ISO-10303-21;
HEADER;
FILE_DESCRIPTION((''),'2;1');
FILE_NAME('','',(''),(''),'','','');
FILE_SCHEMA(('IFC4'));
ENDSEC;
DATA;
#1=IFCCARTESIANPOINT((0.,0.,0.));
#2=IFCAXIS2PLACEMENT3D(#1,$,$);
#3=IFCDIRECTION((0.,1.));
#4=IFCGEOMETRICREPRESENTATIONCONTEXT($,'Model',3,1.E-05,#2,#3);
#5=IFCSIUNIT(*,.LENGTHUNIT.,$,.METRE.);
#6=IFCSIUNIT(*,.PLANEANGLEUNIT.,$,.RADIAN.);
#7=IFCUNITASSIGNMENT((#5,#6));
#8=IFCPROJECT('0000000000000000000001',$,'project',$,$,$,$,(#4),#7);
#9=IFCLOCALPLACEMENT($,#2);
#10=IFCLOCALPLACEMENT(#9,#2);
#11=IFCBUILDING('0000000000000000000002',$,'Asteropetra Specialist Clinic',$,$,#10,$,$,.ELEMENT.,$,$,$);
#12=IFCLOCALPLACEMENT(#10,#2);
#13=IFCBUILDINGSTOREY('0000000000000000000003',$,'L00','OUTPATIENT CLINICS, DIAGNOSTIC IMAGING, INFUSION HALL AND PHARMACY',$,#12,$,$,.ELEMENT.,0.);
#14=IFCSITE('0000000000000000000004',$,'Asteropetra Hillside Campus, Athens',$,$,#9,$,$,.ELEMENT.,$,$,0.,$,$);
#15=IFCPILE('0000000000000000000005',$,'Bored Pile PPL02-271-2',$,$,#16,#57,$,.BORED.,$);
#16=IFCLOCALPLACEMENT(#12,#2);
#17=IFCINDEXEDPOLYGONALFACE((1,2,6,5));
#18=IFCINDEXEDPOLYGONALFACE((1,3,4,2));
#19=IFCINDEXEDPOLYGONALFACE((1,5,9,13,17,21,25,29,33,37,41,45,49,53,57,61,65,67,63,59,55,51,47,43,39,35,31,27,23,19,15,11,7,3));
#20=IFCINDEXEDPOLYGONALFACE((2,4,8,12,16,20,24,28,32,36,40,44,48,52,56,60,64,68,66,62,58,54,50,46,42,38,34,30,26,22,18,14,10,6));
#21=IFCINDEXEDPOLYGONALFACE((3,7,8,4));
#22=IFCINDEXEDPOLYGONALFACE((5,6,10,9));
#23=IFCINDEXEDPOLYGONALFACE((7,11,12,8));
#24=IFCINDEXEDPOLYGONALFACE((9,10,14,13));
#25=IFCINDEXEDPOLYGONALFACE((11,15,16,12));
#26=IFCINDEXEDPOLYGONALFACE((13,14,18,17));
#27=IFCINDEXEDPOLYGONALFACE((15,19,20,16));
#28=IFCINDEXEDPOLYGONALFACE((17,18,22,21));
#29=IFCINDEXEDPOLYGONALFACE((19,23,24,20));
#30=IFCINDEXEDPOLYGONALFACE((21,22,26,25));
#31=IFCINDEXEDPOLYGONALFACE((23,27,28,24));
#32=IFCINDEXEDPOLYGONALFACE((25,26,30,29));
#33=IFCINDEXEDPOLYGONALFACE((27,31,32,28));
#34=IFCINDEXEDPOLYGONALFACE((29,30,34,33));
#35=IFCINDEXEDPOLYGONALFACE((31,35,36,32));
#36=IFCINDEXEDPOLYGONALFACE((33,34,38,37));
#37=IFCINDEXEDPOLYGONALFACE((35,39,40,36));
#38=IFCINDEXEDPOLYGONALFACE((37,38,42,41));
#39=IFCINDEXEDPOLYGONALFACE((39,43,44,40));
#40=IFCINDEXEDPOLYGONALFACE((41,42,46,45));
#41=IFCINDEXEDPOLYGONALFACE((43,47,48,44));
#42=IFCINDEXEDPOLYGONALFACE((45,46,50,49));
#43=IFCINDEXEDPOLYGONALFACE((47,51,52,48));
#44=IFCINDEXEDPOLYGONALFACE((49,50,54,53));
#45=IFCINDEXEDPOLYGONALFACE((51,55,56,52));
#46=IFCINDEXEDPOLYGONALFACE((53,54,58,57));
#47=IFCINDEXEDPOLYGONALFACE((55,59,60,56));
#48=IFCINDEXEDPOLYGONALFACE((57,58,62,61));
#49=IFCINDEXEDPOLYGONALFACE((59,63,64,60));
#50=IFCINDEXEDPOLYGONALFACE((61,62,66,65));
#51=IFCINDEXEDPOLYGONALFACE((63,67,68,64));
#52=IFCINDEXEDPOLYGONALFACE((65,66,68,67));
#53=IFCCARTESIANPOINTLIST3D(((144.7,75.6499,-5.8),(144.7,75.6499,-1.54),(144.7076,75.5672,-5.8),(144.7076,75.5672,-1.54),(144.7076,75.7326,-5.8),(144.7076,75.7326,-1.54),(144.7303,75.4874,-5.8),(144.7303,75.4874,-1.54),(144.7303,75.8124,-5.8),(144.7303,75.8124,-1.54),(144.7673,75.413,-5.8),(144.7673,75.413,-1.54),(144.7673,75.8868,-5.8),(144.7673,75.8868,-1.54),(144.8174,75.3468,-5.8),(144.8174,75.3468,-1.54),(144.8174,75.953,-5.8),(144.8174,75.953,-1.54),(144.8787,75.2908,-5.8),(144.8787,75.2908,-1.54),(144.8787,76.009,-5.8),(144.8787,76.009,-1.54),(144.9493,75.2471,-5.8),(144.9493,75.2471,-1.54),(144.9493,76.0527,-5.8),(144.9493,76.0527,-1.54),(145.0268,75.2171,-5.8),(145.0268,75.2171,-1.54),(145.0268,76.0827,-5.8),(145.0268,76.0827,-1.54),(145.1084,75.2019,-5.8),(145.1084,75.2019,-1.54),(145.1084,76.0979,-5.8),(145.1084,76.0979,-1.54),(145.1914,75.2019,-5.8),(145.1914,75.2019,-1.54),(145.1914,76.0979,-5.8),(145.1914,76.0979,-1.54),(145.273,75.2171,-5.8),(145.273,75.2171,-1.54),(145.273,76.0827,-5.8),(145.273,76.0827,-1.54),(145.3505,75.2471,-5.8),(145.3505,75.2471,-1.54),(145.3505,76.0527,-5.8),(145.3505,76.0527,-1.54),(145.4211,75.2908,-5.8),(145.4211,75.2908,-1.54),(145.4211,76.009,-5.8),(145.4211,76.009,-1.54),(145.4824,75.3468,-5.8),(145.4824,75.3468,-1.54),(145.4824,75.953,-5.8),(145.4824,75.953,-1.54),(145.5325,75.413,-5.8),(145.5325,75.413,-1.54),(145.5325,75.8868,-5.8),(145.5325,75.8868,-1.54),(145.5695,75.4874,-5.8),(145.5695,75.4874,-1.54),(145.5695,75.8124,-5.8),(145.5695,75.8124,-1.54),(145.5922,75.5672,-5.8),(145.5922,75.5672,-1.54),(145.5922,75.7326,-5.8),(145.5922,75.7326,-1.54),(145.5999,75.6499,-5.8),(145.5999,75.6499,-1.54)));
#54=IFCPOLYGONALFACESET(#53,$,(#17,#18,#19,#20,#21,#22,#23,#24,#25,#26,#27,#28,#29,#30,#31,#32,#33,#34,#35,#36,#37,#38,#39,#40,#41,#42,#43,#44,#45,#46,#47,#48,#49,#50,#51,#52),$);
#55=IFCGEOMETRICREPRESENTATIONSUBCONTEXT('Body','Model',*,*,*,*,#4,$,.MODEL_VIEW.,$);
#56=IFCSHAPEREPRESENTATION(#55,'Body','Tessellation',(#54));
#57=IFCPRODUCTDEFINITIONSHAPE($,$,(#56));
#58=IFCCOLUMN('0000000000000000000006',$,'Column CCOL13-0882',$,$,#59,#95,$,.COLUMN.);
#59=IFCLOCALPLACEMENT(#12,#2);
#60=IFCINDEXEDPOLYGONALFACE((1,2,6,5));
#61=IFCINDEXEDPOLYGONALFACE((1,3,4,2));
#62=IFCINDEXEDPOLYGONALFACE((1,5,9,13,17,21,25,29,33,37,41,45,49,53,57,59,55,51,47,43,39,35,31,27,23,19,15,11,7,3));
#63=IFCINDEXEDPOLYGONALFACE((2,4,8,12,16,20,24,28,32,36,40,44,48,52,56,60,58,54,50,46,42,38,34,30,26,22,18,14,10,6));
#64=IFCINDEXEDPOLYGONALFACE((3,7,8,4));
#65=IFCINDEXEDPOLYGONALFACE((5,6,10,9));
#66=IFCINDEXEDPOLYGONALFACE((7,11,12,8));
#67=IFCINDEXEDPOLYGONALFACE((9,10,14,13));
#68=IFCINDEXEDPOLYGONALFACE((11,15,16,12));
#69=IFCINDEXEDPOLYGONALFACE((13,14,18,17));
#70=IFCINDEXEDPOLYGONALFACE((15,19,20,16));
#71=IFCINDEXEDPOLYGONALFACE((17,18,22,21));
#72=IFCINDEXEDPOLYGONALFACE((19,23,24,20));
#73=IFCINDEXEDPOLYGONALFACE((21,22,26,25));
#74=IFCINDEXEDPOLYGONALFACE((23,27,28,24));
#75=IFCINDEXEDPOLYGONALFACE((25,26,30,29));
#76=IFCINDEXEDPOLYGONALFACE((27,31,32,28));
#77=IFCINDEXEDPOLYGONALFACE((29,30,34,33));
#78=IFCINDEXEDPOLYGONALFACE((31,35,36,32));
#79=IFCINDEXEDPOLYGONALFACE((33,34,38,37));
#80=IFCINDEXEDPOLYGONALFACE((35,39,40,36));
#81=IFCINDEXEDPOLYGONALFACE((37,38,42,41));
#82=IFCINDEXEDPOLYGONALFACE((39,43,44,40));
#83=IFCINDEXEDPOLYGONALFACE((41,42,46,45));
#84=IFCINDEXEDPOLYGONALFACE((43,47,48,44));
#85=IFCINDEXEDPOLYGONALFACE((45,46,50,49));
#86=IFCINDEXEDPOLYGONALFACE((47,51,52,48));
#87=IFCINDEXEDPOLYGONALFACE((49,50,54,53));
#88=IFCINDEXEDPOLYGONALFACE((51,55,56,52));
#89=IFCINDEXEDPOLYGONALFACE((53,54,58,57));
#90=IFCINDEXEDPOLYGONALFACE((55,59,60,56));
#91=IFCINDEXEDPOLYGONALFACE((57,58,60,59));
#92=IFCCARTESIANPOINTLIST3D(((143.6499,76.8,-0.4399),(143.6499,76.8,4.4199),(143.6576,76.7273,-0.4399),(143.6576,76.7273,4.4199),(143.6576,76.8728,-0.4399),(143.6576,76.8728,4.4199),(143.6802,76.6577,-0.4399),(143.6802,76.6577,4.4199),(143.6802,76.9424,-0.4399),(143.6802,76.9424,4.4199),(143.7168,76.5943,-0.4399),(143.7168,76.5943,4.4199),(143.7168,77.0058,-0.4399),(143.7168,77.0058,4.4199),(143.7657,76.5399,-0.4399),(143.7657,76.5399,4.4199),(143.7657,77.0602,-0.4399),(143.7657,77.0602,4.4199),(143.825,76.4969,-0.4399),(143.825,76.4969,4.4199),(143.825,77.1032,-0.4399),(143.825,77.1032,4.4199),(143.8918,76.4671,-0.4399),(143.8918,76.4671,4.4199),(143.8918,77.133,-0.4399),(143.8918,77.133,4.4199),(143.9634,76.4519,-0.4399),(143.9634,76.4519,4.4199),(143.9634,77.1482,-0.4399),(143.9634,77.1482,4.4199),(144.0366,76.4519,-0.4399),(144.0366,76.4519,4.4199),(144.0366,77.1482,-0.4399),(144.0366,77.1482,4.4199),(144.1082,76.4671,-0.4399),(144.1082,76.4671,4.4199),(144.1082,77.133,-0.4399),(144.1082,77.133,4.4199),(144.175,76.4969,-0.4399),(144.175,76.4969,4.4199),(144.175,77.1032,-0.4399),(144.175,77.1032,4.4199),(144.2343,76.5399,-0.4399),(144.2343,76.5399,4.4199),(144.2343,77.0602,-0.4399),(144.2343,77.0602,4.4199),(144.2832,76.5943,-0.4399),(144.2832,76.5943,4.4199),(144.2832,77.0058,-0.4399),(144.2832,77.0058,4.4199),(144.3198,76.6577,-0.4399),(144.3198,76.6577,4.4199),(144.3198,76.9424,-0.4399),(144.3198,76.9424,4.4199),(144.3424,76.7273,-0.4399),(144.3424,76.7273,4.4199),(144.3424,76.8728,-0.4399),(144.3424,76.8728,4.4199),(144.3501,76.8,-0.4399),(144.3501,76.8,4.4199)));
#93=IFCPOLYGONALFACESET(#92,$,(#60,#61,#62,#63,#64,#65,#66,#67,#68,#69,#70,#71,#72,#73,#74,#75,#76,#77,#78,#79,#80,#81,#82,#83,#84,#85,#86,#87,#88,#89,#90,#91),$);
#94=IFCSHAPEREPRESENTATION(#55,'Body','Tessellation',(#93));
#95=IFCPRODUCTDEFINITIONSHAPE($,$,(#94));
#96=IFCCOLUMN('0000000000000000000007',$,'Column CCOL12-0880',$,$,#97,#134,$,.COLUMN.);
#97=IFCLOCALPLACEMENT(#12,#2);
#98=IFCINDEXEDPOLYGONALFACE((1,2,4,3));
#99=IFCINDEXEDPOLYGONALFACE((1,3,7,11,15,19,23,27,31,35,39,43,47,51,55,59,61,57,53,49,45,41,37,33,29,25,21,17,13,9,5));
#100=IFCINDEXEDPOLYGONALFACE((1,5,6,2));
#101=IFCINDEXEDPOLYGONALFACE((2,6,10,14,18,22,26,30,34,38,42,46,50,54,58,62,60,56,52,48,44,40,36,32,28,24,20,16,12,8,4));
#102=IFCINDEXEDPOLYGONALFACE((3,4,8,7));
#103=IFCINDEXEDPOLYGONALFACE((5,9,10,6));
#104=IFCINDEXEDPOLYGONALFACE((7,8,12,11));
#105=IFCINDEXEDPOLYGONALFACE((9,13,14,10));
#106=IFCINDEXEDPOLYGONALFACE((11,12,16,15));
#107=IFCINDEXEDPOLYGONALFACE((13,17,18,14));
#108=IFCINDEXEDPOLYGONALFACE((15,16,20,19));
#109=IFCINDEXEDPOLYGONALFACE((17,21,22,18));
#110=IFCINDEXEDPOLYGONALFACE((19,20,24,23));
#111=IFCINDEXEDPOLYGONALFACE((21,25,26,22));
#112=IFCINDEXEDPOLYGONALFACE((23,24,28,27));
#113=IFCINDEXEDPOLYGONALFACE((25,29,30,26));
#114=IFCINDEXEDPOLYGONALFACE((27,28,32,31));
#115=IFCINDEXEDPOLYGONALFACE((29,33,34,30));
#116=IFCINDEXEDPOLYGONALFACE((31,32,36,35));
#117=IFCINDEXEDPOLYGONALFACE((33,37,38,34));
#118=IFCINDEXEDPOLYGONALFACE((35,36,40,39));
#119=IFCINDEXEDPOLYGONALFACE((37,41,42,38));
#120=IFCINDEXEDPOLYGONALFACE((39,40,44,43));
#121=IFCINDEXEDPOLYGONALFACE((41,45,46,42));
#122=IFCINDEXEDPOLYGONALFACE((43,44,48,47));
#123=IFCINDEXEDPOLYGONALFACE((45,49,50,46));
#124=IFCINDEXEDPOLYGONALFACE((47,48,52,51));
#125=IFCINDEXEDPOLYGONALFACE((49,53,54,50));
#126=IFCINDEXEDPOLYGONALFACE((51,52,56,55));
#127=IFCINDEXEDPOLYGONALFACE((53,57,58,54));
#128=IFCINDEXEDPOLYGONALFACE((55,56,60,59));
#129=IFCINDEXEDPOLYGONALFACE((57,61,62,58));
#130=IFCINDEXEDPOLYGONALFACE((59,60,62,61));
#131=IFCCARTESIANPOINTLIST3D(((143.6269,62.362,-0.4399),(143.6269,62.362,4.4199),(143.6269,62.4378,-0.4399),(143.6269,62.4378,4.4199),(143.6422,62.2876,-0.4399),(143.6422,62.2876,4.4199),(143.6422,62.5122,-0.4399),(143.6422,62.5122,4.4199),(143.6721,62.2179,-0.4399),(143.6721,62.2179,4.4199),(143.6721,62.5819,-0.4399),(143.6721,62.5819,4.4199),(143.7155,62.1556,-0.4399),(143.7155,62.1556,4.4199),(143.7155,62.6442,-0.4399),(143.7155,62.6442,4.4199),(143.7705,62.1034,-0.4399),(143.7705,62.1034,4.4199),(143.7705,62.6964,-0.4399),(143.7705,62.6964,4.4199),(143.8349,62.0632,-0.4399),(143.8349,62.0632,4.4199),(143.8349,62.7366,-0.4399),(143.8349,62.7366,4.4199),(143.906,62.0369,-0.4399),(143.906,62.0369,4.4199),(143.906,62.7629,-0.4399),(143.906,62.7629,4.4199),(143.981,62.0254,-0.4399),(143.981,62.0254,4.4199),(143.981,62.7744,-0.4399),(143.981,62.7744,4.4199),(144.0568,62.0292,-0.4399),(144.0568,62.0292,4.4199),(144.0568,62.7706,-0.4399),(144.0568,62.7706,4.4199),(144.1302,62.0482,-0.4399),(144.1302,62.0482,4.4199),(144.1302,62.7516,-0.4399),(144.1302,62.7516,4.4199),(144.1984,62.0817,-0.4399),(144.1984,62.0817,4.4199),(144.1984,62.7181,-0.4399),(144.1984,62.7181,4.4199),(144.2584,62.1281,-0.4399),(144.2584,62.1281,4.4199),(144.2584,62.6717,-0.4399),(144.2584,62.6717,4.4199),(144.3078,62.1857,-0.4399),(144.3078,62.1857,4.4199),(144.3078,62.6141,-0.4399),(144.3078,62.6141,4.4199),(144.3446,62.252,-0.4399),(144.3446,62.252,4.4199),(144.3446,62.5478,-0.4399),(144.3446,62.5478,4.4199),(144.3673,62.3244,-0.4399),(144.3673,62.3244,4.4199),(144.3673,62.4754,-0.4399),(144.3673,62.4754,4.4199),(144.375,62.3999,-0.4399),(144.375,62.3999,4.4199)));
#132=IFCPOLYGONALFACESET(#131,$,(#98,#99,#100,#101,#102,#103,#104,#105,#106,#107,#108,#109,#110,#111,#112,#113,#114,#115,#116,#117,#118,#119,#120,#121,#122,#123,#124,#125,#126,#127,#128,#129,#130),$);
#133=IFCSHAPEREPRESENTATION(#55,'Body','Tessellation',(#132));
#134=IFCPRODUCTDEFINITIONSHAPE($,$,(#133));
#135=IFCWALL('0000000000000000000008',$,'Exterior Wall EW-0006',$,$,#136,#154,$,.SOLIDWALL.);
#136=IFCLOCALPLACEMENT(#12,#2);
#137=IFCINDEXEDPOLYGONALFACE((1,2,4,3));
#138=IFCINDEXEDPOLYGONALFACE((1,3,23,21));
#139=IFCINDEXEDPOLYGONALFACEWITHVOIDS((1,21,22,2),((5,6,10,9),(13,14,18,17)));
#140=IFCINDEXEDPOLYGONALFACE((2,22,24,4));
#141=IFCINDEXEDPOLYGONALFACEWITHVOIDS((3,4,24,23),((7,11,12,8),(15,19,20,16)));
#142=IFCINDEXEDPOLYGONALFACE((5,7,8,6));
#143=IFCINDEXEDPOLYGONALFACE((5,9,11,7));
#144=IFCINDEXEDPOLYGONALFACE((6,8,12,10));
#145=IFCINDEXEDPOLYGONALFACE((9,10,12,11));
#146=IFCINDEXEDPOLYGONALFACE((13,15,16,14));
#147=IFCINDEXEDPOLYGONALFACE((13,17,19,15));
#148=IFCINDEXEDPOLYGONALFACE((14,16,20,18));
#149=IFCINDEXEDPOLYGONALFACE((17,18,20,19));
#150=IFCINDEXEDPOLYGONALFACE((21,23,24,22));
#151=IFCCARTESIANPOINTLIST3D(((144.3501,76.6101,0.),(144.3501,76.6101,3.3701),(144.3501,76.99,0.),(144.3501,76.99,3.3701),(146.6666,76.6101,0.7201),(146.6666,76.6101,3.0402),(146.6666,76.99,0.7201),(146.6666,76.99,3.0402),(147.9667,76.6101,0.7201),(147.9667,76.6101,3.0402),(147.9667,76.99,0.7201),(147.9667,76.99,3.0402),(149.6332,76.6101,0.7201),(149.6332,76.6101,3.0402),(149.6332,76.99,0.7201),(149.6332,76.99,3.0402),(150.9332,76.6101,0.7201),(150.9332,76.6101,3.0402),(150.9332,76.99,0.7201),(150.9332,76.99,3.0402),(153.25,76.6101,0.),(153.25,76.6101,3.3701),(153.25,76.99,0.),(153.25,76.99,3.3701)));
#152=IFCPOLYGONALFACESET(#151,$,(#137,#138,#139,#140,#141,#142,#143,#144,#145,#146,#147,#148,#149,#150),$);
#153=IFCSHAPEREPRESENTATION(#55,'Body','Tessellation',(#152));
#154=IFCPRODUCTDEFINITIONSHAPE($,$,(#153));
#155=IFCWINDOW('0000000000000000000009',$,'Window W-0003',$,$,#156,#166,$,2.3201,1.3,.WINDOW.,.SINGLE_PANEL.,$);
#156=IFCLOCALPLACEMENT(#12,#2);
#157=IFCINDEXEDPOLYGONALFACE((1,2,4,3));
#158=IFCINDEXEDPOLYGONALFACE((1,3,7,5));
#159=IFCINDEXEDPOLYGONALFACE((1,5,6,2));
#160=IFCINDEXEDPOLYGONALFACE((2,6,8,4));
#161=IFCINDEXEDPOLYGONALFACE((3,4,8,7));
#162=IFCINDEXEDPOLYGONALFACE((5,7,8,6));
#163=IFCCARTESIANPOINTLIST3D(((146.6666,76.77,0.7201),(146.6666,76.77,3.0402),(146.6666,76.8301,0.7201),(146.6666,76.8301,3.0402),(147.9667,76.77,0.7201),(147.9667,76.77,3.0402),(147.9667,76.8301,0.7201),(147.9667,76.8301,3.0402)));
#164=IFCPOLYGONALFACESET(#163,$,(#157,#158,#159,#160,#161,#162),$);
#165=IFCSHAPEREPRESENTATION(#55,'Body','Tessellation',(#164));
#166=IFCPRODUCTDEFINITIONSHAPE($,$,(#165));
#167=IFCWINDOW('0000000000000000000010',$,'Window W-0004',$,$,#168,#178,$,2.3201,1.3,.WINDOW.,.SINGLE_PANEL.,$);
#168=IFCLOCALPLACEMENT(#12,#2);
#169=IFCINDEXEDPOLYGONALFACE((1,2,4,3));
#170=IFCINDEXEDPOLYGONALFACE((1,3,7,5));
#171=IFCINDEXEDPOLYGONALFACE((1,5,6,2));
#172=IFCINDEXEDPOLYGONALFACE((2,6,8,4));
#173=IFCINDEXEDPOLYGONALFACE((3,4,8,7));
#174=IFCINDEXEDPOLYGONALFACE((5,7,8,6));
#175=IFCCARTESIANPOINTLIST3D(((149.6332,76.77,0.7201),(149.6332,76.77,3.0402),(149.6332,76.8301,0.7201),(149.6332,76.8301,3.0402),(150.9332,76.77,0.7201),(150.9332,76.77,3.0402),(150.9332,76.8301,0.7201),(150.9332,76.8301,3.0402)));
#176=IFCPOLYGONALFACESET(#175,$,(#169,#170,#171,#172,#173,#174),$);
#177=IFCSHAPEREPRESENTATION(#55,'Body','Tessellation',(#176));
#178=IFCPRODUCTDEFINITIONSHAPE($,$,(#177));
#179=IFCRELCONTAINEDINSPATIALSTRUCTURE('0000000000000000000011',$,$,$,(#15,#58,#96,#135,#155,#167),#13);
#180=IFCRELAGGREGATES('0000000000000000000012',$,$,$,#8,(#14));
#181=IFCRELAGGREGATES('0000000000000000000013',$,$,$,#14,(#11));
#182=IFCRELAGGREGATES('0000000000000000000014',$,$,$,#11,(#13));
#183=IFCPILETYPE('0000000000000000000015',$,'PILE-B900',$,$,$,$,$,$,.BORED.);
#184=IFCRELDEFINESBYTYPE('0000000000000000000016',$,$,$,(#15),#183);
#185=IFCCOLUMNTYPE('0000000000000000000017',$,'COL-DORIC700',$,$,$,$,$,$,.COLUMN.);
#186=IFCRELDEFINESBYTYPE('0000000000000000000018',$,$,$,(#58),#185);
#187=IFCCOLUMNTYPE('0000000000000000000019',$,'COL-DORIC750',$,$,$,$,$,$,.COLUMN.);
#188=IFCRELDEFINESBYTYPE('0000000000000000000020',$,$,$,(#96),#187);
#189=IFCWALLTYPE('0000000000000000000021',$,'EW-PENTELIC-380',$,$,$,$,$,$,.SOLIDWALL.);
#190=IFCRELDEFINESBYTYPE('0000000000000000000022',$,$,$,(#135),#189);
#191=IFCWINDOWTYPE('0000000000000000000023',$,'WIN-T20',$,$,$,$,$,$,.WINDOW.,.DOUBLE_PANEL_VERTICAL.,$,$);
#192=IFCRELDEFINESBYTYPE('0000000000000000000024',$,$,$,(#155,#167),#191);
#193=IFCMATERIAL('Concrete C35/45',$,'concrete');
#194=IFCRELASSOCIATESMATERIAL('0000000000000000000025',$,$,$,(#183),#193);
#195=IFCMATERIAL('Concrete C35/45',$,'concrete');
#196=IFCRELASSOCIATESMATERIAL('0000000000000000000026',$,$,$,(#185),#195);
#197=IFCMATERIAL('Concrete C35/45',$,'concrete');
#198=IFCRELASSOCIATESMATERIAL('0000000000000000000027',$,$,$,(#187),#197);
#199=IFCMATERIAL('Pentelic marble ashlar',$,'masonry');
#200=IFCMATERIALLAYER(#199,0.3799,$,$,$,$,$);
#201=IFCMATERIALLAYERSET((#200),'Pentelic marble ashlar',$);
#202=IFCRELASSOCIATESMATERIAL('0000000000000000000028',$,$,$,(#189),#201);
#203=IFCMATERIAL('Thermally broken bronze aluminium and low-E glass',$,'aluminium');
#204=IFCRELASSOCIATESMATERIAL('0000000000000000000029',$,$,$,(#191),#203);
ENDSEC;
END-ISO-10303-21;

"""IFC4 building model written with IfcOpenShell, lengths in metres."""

from ifc_helpers import new_model, si_unit, direction, frame, frame_2d, origin, origin_2d, place, context, subcontext, project, spatial, rectangle, circle, extrude, material, layer, layer_set, material_profile, profile_set, type_object, element, fill, save


model = new_model("IFC4")

# Units and contexts
model_context = context("Model", 3, precision=1e-05, world=origin(), true_north=direction((0.0, 1.0)))
body_context = subcontext(model_context, "Body", "Model", "MODEL_VIEW")
ifc_project = project(units=[si_unit("LENGTHUNIT", "METRE"), si_unit("PLANEANGLEUNIT", "RADIAN")], contexts=[model_context])

# Site, building, storey
site_placement = place(None, origin())
site = spatial("IfcSite", under=ifc_project, at=site_placement, Name="Asteropetra Hillside Campus, Athens", CompositionType="ELEMENT", RefElevation=0.0)
building_placement = place(site_placement, origin())
building = spatial("IfcBuilding", under=site, at=building_placement, Name="Asteropetra Specialist Clinic", CompositionType="ELEMENT")
storey_placement = place(building_placement, origin())
storey = spatial("IfcBuildingStorey", under=building, at=storey_placement, Name="L00", Description="OUTPATIENT CLINICS, DIAGNOSTIC IMAGING, INFUSION HALL AND PHARMACY", CompositionType="ELEMENT", Elevation=0.0)

# Pile
ifc_material_1 = material(Name="Concrete C35/45", Category="concrete")
ifc_material_profile_1 = material_profile(ifc_material_1, circle(Radius=0.45, at=origin_2d()), Name="PILE D900")
ifc_profile_set_1 = profile_set([ifc_material_profile_1], Name="Concrete C35/45")
pile_type_1 = type_object("IfcPileType", Name="PILE-B900", PredefinedType="BORED", material=ifc_profile_set_1)
for number, where, z_axis, x_axis, name in (
    (1, (145.1499, 75.6499, -1.54), (0.0, 0.0, -1.0), (1.0, 0.0, 0.0), "Bored Pile PPL02-271-2"),
):
    element("IfcPile", number, at=place(storey_placement, frame(where, z_axis=z_axis, x_axis=x_axis)), inside=storey, type_object=pile_type_1, Name=name, PredefinedType="BORED", context=body_context, shape_type="SweptSolid", body=[
        extrude(circle(Radius=0.45, at=origin_2d()), origin(), (0.0, 0.0, 1.0), 4.26),
    ])

# Columns
ifc_material_2 = material(Name="Concrete C35/45", Category="concrete")
ifc_material_profile_2 = material_profile(ifc_material_2, circle(Radius=0.3501, at=origin_2d()), Name="RCC D700")
ifc_profile_set_2 = profile_set([ifc_material_profile_2], Name="Concrete C35/45")
column_type_1 = type_object("IfcColumnType", Name="COL-DORIC700", PredefinedType="COLUMN", material=ifc_profile_set_2)
column_1_placement = place(storey_placement, frame((144.0, 76.8, -0.4399), z_axis=(0.0, 0.0, 1.0), x_axis=(1.0, 0.0, 0.0)))
element("IfcColumn", 2, at=column_1_placement, inside=storey, type_object=column_type_1, Name="Column CCOL13-0882", PredefinedType="COLUMN", context=body_context, shape_type="SweptSolid", body=[
    extrude(circle(Radius=0.3501, at=origin_2d()), origin(), (0.0, 0.0, 1.0), 4.8599),
])
ifc_material_3 = material(Name="Concrete C35/45", Category="concrete")
ifc_material_profile_3 = material_profile(ifc_material_3, circle(Radius=0.375, at=origin_2d()), Name="RCC D750")
ifc_profile_set_3 = profile_set([ifc_material_profile_3], Name="Concrete C35/45")
column_type_2 = type_object("IfcColumnType", Name="COL-DORIC750", PredefinedType="COLUMN", material=ifc_profile_set_3)
column_2_placement = place(storey_placement, frame((144.0, 62.3999, -0.4399), z_axis=(0.0, 0.0, 1.0), x_axis=(1.0, 0.0, 0.0)))
element("IfcColumn", 3, at=column_2_placement, inside=storey, type_object=column_type_2, Name="Column CCOL12-0880", PredefinedType="COLUMN", context=body_context, shape_type="SweptSolid", body=[
    extrude(circle(Radius=0.375, at=origin_2d()), origin(), (0.0, 0.0, 1.0), 4.8599),
])

# Wall, openings, windows
ifc_material_4 = material(Name="Pentelic marble ashlar", Category="masonry")
ifc_layer_1 = layer(ifc_material_4, 0.3799)
ifc_layer_set_1 = layer_set([ifc_layer_1], Name="Pentelic marble ashlar")
wall_type = type_object("IfcWallType", Name="EW-PENTELIC-380", PredefinedType="SOLIDWALL", material=ifc_layer_set_1)
wall_placement = place(storey_placement, frame((144.3501, 76.8, 0.0), z_axis=(0.0, 0.0, 1.0), x_axis=(1.0, 0.0, 0.0)))
wall = element("IfcWall", 4, at=wall_placement, inside=storey, type_object=wall_type, Name="Exterior Wall EW-0006", PredefinedType="SOLIDWALL", context=body_context, shape_type="SweptSolid", body=[
    extrude(rectangle(XDim=8.8999, YDim=0.3799, at=frame_2d((4.45, 0.0))), origin(), (0.0, 0.0, 1.0), 3.3701),
])
opening_1_placement = place(wall_placement, frame((2.3167, 0.0, 0.72)))
opening_1 = element("IfcOpeningElement", 5, at=opening_1_placement, cuts=wall, PredefinedType="OPENING", context=body_context, shape_type="SweptSolid", body=[
    extrude(rectangle(XDim=1.3, YDim=2.3201, at=frame_2d((0.6499, 1.1602))), frame((0.0, 0.2, 0.0), z_axis=(0.0, -1.0, 0.0), x_axis=(1.0, 0.0, 0.0)), (0.0, 0.0, 1.0), 0.3999),
])
opening_2_placement = place(wall_placement, frame((5.2832, 0.0, 0.72)))
opening_2 = element("IfcOpeningElement", 6, at=opening_2_placement, cuts=wall, PredefinedType="OPENING", context=body_context, shape_type="SweptSolid", body=[
    extrude(rectangle(XDim=1.3, YDim=2.3201, at=frame_2d((0.6499, 1.1602))), frame((0.0, 0.2, 0.0), z_axis=(0.0, -1.0, 0.0), x_axis=(1.0, 0.0, 0.0)), (0.0, 0.0, 1.0), 0.3999),
])
ifc_material_5 = material(Name="Thermally broken bronze aluminium and low-E glass", Category="aluminium")
window_type = type_object("IfcWindowType", Name="WIN-T20", PartitioningType="DOUBLE_PANEL_VERTICAL", PredefinedType="WINDOW", material=ifc_material_5)
window_1_placement = place(opening_1_placement, origin())
window_1 = element("IfcWindow", 7, at=window_1_placement, inside=storey, type_object=window_type, Name="Window W-0003", OverallHeight=2.3201, OverallWidth=1.3, PartitioningType="SINGLE_PANEL", PredefinedType="WINDOW", context=body_context, shape_type="SweptSolid", body=[
    extrude(rectangle(XDim=1.3, YDim=2.3201, at=frame_2d((0.6499, 1.1602))), frame((0.0, 0.03, 0.0), z_axis=(0.0, -1.0, 0.0), x_axis=(1.0, 0.0, 0.0)), (0.0, 0.0, 1.0), 0.0601),
])
fill(opening_1, window_1)
window_2_placement = place(opening_2_placement, origin())
window_2 = element("IfcWindow", 8, at=window_2_placement, inside=storey, type_object=window_type, Name="Window W-0004", OverallHeight=2.3201, OverallWidth=1.3, PartitioningType="SINGLE_PANEL", PredefinedType="WINDOW", context=body_context, shape_type="SweptSolid", body=[
    extrude(rectangle(XDim=1.3, YDim=2.3201, at=frame_2d((0.6499, 1.1602))), frame((0.0, 0.03, 0.0), z_axis=(0.0, -1.0, 0.0), x_axis=(1.0, 0.0, 0.0)), (0.0, 0.0, 1.0), 0.0601),
])
fill(opening_2, window_2)

save(model, "model.ifc")
